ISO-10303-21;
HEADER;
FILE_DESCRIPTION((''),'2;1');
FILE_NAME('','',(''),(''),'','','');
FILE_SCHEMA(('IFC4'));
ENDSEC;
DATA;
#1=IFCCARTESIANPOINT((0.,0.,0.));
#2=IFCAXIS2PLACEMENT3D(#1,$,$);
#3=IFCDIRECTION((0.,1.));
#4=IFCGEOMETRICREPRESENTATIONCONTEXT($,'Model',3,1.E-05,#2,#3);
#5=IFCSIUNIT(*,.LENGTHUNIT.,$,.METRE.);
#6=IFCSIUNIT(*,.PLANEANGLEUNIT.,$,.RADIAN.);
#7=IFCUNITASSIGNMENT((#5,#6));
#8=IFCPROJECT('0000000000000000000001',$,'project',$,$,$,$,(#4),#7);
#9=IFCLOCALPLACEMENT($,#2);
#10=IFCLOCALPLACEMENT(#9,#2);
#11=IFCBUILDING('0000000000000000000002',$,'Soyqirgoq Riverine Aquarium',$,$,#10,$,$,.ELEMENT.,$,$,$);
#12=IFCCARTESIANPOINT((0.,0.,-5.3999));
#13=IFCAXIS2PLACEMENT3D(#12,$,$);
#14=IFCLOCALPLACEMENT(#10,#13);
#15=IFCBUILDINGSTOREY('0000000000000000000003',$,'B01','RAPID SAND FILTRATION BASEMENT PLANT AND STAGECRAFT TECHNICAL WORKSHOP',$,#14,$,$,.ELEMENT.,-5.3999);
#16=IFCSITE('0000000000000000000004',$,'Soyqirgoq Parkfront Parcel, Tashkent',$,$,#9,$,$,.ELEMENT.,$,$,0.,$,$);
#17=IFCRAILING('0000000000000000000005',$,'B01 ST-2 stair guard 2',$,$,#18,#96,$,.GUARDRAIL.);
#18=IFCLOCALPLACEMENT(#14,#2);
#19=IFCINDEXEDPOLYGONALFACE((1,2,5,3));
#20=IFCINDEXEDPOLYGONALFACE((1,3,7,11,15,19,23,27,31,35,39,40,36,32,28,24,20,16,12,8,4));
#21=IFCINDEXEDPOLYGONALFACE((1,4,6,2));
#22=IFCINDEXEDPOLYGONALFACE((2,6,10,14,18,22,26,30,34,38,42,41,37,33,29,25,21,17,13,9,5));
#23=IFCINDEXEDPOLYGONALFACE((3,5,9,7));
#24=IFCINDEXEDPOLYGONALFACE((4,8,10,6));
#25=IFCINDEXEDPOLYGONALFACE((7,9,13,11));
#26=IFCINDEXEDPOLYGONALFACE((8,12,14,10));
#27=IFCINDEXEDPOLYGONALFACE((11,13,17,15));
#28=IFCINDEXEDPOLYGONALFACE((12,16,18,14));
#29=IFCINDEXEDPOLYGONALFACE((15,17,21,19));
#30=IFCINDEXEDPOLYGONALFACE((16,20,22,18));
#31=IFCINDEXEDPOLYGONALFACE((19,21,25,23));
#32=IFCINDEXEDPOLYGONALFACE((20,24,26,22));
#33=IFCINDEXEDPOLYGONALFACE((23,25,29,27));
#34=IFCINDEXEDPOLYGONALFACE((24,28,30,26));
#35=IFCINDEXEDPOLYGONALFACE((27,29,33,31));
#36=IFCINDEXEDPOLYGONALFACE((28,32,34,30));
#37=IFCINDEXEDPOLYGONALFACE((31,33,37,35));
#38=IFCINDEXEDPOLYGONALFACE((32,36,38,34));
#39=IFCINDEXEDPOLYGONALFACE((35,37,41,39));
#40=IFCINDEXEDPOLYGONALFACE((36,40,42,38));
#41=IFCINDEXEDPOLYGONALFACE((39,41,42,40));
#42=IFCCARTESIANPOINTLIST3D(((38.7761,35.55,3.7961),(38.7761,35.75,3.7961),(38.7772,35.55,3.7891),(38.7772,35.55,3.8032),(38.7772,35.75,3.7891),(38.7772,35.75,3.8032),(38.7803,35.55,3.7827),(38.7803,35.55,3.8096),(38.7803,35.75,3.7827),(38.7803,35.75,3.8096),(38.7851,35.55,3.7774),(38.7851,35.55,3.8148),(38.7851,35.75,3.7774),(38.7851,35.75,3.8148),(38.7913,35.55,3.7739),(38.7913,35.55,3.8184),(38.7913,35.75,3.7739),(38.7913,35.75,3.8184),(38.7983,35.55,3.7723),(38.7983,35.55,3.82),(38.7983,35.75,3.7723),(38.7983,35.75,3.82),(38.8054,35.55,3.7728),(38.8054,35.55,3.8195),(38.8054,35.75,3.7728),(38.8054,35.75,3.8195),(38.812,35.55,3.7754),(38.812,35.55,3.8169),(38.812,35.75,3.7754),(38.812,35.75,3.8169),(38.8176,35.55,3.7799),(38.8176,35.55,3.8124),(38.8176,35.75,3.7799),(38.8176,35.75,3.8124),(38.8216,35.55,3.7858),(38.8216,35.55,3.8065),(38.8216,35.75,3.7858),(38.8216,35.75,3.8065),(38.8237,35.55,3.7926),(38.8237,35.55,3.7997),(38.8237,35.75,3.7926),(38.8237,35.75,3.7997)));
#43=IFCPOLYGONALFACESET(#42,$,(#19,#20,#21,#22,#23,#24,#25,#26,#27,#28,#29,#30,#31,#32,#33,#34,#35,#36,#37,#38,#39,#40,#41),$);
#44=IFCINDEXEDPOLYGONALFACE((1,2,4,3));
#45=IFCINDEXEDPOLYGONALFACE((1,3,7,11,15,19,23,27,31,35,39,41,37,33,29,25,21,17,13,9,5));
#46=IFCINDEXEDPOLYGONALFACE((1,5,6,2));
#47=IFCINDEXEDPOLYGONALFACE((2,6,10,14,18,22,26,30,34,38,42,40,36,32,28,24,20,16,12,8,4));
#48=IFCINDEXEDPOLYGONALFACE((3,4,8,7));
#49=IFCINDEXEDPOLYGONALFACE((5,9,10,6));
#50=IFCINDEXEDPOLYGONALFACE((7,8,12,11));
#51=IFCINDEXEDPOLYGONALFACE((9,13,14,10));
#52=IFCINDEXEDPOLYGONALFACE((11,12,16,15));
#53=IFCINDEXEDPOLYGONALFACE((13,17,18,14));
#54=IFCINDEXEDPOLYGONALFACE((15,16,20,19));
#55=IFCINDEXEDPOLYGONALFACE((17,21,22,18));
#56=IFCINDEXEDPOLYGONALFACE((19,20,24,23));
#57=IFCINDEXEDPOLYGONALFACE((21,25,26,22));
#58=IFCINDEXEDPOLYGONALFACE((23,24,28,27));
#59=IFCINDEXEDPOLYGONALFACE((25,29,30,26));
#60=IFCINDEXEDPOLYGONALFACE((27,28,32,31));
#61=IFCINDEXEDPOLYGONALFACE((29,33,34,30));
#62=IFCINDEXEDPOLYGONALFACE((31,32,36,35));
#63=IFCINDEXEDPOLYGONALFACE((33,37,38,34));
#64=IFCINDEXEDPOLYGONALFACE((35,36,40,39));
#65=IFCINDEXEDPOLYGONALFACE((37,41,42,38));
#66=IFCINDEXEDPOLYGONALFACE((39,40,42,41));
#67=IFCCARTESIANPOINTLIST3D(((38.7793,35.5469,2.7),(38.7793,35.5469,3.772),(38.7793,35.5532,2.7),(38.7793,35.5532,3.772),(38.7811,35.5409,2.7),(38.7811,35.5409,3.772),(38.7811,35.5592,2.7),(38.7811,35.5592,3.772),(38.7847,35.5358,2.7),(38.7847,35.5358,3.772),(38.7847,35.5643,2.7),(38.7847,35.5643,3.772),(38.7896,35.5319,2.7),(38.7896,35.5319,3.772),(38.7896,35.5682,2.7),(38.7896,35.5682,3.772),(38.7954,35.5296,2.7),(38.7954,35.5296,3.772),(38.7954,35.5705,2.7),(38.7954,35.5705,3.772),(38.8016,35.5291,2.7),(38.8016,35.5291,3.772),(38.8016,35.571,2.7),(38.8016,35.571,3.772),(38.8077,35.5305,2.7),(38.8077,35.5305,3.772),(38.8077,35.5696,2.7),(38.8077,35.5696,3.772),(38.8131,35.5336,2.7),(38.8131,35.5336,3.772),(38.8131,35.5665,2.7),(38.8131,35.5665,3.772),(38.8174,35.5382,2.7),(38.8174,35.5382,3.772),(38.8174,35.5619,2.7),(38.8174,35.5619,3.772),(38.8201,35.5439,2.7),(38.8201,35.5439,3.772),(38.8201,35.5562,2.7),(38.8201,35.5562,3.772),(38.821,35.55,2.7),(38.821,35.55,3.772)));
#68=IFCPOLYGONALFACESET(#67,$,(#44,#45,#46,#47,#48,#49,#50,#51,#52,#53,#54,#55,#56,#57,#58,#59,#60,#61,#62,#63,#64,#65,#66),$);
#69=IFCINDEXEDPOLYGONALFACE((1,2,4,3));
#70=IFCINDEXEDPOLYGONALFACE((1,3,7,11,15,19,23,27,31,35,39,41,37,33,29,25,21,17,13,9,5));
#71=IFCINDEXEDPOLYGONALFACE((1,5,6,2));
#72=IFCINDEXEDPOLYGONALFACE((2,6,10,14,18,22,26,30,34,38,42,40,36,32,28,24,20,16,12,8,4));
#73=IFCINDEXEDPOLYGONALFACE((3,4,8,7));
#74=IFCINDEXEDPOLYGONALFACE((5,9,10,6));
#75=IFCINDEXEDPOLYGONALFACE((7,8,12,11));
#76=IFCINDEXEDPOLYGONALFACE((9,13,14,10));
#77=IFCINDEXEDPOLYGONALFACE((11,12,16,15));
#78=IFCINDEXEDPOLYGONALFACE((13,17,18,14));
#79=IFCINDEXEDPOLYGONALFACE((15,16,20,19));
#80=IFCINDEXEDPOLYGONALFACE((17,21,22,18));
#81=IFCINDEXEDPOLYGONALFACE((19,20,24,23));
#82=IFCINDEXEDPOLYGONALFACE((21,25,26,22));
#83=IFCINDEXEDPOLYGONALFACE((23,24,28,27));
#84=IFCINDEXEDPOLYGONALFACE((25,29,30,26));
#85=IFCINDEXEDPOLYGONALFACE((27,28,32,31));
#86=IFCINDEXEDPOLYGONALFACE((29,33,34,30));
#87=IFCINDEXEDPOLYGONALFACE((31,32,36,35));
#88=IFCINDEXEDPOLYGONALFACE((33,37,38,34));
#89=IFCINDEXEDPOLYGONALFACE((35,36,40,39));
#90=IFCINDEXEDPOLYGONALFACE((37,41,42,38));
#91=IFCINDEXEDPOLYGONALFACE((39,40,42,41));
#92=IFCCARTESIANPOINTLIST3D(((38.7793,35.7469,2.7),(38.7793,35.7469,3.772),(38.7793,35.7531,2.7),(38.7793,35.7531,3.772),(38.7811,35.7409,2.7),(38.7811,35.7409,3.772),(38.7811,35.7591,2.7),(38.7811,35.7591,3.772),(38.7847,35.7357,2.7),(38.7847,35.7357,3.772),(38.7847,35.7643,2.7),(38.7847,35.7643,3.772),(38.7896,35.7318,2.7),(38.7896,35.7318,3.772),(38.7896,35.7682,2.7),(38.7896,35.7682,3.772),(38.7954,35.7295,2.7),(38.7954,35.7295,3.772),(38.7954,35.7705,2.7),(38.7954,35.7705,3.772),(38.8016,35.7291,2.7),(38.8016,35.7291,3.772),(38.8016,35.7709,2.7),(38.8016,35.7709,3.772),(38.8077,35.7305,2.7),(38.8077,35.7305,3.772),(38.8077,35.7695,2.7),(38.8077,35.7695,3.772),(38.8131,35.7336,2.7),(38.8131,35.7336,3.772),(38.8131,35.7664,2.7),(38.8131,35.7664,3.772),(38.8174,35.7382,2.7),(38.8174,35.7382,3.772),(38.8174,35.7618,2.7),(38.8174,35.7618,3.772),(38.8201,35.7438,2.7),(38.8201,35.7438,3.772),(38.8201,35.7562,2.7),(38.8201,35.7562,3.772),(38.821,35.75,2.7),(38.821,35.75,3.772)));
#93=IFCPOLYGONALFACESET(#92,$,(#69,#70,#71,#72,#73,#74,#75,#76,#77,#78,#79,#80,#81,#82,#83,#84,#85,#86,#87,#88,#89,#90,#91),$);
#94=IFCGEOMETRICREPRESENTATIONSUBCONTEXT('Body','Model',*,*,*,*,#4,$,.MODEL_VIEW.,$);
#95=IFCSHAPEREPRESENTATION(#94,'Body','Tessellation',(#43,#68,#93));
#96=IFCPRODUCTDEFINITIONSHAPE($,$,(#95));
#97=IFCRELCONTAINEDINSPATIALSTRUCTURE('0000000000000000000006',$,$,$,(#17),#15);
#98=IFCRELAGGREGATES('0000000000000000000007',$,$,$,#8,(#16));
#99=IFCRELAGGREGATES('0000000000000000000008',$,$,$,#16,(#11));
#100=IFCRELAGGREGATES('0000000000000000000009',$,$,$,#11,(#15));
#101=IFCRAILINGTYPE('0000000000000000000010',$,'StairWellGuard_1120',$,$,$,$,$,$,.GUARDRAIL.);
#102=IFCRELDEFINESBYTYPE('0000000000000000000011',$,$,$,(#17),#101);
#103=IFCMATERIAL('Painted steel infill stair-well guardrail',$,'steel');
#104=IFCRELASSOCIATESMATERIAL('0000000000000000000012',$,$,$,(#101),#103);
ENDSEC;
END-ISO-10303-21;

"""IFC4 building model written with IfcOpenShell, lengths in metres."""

from ifc_helpers import new_model, si_unit, direction, frame, origin, origin_2d, place, context, subcontext, project, spatial, circle, extrude, material, type_object, element, save


model = new_model("IFC4")

# Units and contexts
model_context = context("Model", 3, precision=1e-05, world=origin(), true_north=direction((0.0, 1.0)))
body_context = subcontext(model_context, "Body", "Model", "MODEL_VIEW")
ifc_project = project(units=[si_unit("LENGTHUNIT", "METRE"), si_unit("PLANEANGLEUNIT", "RADIAN")], contexts=[model_context])

# Site, building, storey
site_placement = place(None, origin())
site = spatial("IfcSite", under=ifc_project, at=site_placement, Name="Soyqirgoq Parkfront Parcel, Tashkent", CompositionType="ELEMENT", RefElevation=0.0)
building_placement = place(site_placement, origin())
building = spatial("IfcBuilding", under=site, at=building_placement, Name="Soyqirgoq Riverine Aquarium", CompositionType="ELEMENT")
storey_placement = place(building_placement, frame((0.0, 0.0, -5.3999)))
storey = spatial("IfcBuildingStorey", under=building, at=storey_placement, Name="B01", Description="RAPID SAND FILTRATION BASEMENT PLANT AND STAGECRAFT TECHNICAL WORKSHOP", CompositionType="ELEMENT", Elevation=-5.3999)

# Railing
ifc_material_1 = material(Name="Painted steel infill stair-well guardrail", Category="steel")
railing_type_1 = type_object("IfcRailingType", Name="StairWellGuard_1120", PredefinedType="GUARDRAIL", material=ifc_material_1)
railing_1_placement = place(storey_placement, frame((38.8, 35.55, 2.7)))
element("IfcRailing", 1, at=railing_1_placement, inside=storey, type_object=railing_type_1, Name="B01 ST-2 stair guard 2", PredefinedType="GUARDRAIL", context=body_context, shape_type="SweptSolid", body=[
    extrude(circle(Radius=0.0239, at=origin_2d()), frame((0.0, 0.0, 1.0962), z_axis=(0.0, 1.0, 0.0), x_axis=(-1.0, 0.0, 0.0)), (0.0, 0.0, 1.0), 0.2),
    extrude(circle(Radius=0.021, at=origin_2d()), origin(), (0.0, 0.0, 1.0), 1.072),
    extrude(circle(Radius=0.021, at=origin_2d()), frame((0.0, 0.2, 0.0)), (0.0, 0.0, 1.0), 1.072),
])

save(model, "model.ifc")
